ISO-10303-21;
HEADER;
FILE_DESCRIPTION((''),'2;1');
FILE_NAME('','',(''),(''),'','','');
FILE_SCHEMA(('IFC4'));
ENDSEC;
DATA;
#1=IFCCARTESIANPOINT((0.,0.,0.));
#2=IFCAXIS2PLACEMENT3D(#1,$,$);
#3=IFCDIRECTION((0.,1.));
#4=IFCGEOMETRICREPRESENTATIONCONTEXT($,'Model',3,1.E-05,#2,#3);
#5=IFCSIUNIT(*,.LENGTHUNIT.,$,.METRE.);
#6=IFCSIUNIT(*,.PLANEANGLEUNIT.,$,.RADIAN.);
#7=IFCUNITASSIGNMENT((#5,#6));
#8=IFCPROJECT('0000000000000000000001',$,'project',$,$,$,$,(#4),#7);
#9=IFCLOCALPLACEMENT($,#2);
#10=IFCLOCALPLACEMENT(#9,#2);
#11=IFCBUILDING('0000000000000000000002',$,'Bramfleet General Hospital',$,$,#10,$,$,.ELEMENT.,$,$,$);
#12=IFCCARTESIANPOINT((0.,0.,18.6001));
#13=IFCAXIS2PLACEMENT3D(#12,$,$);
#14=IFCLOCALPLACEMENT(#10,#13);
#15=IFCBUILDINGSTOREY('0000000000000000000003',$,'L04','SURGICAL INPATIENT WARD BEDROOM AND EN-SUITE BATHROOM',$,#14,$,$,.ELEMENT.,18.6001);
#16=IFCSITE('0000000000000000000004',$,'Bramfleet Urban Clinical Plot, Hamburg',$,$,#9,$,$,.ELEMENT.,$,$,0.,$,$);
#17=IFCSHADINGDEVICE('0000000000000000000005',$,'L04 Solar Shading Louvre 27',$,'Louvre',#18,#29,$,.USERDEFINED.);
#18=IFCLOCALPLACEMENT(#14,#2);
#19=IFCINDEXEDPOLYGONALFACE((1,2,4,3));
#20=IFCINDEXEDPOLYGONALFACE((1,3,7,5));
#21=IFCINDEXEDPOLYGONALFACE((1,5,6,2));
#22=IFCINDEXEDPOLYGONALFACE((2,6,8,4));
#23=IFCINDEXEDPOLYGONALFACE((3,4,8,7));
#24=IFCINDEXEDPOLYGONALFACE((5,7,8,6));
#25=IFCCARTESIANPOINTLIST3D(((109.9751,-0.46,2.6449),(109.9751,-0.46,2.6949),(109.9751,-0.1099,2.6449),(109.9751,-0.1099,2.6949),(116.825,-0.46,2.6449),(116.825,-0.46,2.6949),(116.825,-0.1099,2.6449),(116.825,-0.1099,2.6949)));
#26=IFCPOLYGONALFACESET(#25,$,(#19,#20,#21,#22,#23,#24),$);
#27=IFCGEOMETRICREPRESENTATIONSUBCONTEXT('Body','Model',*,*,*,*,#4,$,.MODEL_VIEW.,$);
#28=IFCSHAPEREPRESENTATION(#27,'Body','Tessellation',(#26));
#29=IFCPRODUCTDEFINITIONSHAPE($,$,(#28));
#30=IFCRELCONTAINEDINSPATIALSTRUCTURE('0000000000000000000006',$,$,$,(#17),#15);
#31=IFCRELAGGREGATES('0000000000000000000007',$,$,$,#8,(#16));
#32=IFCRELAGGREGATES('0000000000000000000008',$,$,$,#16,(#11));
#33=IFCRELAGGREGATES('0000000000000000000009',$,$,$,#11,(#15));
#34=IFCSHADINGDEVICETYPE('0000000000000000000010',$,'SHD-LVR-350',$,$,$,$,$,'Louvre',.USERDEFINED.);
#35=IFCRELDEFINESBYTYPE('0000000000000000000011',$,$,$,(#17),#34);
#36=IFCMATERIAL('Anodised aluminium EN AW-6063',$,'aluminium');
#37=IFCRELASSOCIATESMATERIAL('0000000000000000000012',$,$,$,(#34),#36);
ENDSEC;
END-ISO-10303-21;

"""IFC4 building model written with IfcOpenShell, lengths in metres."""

from ifc_helpers import new_model, si_unit, direction, frame, origin, origin_2d, place, context, subcontext, project, spatial, rectangle, extrude, material, material_profile, profile_set, type_object, element, save


model = new_model("IFC4")

# Units and contexts
model_context = context("Model", 3, precision=1e-05, world=origin(), true_north=direction((0.0, 1.0)))
body_context = subcontext(model_context, "Body", "Model", "MODEL_VIEW")
ifc_project = project(units=[si_unit("LENGTHUNIT", "METRE"), si_unit("PLANEANGLEUNIT", "RADIAN")], contexts=[model_context])

# Site, building, storey
site_placement = place(None, origin())
site = spatial("IfcSite", under=ifc_project, at=site_placement, Name="Bramfleet Urban Clinical Plot, Hamburg", CompositionType="ELEMENT", RefElevation=0.0)
building_placement = place(site_placement, origin())
building = spatial("IfcBuilding", under=site, at=building_placement, Name="Bramfleet General Hospital", CompositionType="ELEMENT")
storey_placement = place(building_placement, frame((0.0, 0.0, 18.6001)))
storey = spatial("IfcBuildingStorey", under=building, at=storey_placement, Name="L04", Description="SURGICAL INPATIENT WARD BEDROOM AND EN-SUITE BATHROOM", CompositionType="ELEMENT", Elevation=18.6001)

# Shading device
ifc_material_1 = material(Name="Anodised aluminium EN AW-6063", Category="aluminium")
ifc_material_profile_1 = material_profile(ifc_material_1, rectangle(XDim=0.05, YDim=0.3501, at=origin_2d()), Name="ALU LOUVRE 350x50")
ifc_profile_set_1 = profile_set([ifc_material_profile_1], Name="Anodised aluminium EN AW-6063")
shading_device_type = type_object("IfcShadingDeviceType", Name="SHD-LVR-350", ElementType="Louvre", PredefinedType="USERDEFINED", material=ifc_profile_set_1)
shading_device_placement = place(storey_placement, frame((116.825, -0.2849, 2.6699), z_axis=(-1.0, 0.0, 0.0), x_axis=(0.0, 0.0, 1.0)))
element("IfcShadingDevice", 1, at=shading_device_placement, inside=storey, type_object=shading_device_type, Name="L04 Solar Shading Louvre 27", ObjectType="Louvre", PredefinedType="USERDEFINED", context=body_context, shape_type="SweptSolid", body=[
    extrude(rectangle(XDim=0.05, YDim=0.3501, at=origin_2d()), origin(), (0.0, 0.0, 1.0), 6.8499),
])

save(model, "model.ifc")
